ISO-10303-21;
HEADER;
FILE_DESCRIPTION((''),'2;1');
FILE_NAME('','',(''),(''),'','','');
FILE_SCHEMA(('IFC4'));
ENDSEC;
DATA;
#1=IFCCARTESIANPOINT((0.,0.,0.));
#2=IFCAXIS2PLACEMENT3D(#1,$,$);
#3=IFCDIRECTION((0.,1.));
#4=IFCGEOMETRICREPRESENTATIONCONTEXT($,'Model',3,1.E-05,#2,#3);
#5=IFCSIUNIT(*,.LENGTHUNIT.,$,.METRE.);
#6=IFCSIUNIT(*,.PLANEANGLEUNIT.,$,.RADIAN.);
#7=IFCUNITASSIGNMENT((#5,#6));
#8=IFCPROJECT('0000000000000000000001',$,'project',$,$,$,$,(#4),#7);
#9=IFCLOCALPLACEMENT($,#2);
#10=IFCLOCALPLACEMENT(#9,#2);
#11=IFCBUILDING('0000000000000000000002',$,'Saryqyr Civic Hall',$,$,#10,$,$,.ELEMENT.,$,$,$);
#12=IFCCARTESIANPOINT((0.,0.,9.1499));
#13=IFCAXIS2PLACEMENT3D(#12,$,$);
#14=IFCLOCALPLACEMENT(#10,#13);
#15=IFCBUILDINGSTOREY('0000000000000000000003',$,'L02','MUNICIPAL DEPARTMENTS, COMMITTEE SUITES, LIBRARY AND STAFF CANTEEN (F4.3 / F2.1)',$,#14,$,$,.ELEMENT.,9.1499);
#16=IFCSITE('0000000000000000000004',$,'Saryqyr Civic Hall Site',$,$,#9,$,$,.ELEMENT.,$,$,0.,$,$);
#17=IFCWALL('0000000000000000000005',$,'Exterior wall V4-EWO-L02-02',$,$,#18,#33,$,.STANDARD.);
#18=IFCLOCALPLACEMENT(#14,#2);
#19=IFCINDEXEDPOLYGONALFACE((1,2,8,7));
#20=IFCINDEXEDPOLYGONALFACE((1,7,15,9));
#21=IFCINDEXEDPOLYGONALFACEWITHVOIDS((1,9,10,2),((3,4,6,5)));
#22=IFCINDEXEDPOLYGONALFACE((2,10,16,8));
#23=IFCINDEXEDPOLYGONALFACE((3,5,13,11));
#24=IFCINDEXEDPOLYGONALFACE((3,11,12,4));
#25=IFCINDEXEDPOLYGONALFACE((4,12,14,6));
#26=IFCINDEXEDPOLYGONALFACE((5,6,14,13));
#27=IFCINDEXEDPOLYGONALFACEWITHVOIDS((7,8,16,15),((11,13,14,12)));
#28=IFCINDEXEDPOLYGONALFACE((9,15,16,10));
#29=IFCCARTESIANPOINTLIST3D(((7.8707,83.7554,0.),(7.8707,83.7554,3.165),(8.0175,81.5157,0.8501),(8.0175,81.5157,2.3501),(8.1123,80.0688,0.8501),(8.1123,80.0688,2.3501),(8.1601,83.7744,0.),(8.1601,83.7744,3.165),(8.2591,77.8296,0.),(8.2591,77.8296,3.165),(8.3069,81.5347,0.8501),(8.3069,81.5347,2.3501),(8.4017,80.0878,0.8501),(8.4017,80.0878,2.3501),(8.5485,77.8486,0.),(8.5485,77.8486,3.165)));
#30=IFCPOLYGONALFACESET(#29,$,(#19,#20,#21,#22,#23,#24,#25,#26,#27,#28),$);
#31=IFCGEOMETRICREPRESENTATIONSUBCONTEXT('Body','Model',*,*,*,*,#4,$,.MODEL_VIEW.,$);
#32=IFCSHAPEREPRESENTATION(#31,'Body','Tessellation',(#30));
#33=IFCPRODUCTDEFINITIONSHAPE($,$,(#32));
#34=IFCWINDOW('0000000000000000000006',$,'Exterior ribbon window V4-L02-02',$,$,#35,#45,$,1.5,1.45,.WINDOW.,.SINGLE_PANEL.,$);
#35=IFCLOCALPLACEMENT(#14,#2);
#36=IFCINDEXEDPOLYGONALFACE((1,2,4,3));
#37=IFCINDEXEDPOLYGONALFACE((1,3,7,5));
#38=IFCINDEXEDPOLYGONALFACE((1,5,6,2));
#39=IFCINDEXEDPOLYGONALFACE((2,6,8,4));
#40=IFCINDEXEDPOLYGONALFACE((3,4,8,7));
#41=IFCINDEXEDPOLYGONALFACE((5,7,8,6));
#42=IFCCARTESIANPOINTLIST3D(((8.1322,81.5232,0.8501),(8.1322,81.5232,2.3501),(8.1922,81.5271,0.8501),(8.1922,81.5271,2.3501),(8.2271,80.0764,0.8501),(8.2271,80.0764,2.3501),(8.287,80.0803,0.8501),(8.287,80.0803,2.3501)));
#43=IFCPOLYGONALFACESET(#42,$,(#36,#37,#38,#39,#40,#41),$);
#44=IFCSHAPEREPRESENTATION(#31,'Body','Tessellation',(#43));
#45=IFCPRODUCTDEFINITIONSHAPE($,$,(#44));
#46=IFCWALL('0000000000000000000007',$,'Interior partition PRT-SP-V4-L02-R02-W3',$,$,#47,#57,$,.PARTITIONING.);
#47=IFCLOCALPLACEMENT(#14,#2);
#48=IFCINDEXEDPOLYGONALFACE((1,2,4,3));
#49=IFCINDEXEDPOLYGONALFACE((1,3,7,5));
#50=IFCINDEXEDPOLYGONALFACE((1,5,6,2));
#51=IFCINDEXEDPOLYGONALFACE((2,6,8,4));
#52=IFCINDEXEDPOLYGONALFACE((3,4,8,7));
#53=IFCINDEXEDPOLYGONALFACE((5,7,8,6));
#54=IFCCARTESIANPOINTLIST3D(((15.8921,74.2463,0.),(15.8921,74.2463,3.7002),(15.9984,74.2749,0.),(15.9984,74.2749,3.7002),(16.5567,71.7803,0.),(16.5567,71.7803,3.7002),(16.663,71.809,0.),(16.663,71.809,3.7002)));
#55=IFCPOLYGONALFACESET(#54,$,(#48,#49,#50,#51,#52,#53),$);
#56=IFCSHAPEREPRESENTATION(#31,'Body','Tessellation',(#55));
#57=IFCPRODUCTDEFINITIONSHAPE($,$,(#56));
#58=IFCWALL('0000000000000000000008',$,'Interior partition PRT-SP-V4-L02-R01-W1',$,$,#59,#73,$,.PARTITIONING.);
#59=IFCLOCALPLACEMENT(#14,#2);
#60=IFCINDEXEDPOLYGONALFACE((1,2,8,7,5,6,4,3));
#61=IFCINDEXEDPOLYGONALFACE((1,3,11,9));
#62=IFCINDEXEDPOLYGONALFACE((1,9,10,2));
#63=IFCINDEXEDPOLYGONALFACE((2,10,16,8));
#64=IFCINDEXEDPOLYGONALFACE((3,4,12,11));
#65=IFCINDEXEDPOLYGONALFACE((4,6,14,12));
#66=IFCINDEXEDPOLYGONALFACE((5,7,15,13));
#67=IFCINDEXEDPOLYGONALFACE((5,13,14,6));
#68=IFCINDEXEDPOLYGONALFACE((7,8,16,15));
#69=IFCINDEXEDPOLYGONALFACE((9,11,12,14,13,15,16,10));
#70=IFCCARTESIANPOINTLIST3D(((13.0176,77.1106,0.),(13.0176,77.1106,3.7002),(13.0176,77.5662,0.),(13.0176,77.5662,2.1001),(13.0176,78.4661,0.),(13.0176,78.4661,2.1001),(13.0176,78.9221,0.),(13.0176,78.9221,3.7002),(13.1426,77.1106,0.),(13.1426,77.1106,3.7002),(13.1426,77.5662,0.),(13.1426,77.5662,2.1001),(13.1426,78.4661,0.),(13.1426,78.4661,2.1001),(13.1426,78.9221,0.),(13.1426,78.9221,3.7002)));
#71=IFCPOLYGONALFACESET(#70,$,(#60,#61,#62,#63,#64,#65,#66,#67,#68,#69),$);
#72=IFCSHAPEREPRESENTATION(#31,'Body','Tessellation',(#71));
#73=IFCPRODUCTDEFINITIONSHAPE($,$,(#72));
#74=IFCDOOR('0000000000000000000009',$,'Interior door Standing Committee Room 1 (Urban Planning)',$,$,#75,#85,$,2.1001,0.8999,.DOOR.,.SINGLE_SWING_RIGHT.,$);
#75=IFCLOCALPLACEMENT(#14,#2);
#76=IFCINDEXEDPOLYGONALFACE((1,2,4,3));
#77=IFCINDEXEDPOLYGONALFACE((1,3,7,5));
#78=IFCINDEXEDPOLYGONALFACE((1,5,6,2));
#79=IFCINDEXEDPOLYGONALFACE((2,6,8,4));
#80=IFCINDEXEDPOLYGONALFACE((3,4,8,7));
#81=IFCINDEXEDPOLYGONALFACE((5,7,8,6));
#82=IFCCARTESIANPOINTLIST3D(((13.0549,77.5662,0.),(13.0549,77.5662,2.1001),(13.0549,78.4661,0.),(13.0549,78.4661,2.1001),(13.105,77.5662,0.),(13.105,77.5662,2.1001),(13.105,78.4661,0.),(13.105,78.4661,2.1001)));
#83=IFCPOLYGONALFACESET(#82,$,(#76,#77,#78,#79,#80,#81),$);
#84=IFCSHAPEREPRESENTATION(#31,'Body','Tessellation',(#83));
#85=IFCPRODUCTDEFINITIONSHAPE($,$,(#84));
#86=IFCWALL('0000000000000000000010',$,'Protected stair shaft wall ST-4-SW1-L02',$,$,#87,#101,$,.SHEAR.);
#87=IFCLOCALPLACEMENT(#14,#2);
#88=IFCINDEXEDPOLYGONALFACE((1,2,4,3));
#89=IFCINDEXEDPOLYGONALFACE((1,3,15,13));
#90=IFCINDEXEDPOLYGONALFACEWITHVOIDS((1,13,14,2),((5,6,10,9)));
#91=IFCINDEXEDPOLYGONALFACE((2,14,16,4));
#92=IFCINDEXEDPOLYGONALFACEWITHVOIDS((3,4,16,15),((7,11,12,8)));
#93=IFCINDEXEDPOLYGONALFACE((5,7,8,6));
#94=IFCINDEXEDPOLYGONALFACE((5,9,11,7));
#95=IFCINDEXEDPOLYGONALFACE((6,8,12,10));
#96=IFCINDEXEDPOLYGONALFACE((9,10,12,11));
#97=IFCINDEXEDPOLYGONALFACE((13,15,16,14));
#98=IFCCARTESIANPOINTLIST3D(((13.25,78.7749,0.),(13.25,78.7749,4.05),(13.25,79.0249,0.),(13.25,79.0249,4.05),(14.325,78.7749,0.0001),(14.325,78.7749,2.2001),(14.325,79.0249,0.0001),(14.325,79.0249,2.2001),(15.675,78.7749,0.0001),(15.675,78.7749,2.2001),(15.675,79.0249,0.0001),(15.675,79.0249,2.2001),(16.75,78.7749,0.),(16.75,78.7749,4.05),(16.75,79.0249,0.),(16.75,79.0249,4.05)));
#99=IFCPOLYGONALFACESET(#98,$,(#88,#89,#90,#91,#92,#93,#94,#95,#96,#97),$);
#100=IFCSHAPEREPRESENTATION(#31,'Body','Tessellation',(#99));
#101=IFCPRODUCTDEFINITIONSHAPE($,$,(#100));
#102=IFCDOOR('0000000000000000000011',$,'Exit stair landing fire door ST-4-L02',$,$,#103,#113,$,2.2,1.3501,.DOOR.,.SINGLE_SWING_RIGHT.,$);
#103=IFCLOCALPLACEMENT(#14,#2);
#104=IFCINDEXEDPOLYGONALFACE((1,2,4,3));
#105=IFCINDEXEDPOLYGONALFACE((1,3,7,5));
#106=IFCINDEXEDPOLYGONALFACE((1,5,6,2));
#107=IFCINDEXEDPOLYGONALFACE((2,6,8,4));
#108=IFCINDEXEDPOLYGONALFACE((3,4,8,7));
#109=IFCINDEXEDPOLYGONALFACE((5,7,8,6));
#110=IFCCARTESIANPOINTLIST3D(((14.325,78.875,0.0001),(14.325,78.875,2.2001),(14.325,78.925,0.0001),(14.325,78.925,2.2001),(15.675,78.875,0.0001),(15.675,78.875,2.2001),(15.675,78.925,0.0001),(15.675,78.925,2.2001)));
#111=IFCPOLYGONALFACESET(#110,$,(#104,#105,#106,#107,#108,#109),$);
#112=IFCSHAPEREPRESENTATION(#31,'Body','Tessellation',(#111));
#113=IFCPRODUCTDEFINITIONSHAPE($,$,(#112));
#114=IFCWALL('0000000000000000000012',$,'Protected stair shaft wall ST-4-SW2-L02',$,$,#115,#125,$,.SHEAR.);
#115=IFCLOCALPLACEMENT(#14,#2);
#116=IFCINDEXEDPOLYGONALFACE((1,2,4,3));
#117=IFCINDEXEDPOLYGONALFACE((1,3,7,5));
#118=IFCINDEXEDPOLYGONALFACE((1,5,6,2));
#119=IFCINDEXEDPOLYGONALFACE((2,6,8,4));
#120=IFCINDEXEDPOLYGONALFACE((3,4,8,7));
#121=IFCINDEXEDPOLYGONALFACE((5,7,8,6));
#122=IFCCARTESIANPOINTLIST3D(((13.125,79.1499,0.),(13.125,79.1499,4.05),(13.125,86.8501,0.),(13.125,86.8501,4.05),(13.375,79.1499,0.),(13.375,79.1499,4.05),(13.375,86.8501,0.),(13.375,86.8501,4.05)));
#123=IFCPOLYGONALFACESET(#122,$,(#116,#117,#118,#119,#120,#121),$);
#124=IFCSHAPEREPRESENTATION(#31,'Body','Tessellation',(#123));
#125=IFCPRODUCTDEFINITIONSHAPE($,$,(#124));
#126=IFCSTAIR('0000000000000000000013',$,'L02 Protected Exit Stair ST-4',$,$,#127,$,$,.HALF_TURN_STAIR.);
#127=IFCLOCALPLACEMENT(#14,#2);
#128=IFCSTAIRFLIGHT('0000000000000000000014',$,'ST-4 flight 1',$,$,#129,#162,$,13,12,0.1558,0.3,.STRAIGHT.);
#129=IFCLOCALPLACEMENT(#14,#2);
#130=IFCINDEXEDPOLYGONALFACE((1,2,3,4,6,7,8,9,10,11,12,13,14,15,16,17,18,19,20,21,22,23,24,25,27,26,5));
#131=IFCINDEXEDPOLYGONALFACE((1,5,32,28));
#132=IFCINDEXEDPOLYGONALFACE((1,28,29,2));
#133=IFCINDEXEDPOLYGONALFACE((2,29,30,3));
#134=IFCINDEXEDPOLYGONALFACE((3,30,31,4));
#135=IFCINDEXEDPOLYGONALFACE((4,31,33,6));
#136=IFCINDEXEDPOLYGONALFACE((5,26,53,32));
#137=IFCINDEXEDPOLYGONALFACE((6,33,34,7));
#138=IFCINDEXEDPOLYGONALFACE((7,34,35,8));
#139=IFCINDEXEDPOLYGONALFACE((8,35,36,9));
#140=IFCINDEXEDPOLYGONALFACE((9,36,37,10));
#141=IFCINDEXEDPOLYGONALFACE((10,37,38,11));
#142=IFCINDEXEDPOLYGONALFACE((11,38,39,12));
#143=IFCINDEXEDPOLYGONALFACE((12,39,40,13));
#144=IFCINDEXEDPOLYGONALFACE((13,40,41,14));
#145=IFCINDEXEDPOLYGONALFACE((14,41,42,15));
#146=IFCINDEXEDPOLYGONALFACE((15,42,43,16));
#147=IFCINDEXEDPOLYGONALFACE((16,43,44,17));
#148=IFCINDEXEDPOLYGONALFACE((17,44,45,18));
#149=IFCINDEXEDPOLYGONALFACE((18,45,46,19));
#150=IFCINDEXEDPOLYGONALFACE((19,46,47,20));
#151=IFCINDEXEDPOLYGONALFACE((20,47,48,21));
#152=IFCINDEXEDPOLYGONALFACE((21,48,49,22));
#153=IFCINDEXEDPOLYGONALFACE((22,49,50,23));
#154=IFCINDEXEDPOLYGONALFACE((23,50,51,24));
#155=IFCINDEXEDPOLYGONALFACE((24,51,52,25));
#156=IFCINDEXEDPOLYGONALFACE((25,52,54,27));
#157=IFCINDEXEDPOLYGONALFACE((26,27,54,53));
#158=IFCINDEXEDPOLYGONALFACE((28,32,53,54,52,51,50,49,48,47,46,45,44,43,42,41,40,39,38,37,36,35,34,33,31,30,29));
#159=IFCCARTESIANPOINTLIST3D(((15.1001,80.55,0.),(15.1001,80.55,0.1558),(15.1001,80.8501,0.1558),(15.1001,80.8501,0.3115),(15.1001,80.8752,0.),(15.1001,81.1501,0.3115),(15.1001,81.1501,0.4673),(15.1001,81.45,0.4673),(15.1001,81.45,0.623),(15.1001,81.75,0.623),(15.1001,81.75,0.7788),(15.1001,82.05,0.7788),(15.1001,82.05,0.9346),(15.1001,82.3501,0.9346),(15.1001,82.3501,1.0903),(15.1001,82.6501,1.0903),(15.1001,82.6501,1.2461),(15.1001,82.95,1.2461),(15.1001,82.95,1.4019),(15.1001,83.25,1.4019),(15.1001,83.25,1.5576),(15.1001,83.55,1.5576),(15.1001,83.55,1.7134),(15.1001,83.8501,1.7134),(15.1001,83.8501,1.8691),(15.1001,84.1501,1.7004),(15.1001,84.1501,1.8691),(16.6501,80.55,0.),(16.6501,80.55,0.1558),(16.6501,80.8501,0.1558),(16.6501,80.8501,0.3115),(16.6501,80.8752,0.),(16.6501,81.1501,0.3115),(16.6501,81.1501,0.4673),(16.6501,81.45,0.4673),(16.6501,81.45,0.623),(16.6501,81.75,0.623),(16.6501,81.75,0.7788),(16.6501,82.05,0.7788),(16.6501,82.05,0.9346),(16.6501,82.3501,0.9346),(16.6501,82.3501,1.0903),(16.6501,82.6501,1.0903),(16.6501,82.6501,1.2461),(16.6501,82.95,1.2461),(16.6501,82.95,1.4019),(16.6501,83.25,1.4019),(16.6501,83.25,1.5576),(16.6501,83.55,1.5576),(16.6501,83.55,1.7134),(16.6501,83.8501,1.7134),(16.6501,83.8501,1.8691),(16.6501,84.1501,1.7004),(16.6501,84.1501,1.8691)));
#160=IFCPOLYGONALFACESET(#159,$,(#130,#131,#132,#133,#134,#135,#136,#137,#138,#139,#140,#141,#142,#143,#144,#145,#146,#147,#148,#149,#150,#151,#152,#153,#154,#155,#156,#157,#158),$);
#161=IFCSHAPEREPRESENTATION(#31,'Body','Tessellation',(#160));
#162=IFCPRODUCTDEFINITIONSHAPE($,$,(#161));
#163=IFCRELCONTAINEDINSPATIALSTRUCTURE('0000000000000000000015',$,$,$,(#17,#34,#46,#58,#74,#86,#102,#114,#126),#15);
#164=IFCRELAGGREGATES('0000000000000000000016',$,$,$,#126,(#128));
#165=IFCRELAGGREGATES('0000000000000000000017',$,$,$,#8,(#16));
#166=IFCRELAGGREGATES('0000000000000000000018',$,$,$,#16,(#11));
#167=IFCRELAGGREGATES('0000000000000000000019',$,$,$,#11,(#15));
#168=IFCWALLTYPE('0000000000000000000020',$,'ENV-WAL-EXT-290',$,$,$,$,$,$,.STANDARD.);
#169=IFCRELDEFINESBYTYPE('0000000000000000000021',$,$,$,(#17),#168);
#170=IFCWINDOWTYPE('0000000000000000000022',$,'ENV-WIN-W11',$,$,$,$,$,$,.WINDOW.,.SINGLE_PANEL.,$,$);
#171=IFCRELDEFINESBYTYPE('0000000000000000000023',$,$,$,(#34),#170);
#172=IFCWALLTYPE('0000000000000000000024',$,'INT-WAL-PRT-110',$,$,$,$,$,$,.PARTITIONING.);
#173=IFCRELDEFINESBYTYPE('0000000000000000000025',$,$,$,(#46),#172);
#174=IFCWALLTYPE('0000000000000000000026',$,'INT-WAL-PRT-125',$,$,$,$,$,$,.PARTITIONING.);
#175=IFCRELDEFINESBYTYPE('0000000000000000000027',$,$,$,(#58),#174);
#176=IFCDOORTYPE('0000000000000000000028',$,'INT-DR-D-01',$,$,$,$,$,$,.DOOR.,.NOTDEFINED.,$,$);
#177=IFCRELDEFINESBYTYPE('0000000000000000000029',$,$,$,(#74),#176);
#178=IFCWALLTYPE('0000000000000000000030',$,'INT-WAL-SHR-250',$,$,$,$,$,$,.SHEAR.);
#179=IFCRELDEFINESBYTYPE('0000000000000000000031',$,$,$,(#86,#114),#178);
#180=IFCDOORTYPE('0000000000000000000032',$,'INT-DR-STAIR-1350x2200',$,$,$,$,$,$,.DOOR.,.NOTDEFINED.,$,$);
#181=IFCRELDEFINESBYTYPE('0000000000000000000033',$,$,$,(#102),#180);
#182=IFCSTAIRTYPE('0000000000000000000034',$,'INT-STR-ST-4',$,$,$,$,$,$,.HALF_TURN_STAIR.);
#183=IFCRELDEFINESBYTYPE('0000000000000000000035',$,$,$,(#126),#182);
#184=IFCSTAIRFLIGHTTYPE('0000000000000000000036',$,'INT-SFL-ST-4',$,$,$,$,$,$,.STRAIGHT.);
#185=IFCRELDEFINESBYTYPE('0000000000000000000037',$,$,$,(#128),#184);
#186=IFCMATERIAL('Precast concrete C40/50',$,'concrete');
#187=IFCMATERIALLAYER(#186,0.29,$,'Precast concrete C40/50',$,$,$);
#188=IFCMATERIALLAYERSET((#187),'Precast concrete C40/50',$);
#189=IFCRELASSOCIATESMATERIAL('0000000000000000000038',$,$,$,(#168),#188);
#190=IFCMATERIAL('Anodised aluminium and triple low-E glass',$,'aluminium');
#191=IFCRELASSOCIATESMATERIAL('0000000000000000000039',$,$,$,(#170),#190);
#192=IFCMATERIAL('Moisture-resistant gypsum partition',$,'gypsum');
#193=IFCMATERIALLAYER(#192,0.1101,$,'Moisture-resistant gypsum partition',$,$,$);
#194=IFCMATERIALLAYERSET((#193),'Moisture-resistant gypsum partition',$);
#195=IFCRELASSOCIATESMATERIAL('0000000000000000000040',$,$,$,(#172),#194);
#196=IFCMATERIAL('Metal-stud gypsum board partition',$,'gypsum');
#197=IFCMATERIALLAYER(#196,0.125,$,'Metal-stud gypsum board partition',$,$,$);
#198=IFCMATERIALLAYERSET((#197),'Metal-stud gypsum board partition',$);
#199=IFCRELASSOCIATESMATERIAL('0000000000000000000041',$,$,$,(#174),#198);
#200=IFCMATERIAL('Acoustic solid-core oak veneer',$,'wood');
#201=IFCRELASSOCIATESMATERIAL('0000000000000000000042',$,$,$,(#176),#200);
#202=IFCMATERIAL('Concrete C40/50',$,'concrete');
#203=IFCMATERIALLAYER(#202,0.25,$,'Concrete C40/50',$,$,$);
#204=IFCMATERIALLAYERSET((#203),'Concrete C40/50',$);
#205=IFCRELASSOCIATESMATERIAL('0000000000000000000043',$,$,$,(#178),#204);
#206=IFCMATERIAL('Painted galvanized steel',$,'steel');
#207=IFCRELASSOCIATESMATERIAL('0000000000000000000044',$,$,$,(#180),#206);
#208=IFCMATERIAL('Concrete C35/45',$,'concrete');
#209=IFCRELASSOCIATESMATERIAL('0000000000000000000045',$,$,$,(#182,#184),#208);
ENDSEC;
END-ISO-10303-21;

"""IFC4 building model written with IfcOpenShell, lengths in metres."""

from ifc_helpers import new_model, si_unit, direction, frame, frame_2d, origin, place, context, subcontext, project, spatial, polyline, rectangle, outline, extrude, material, layer, layer_set, type_object, element, fill, aggregate, save


model = new_model("IFC4")

# Units and contexts
model_context = context("Model", 3, precision=1e-05, world=origin(), true_north=direction((0.0, 1.0)))
body_context = subcontext(model_context, "Body", "Model", "MODEL_VIEW")
ifc_project = project(units=[si_unit("LENGTHUNIT", "METRE"), si_unit("PLANEANGLEUNIT", "RADIAN")], contexts=[model_context])

# Site, building, storey
site_placement = place(None, origin())
site = spatial("IfcSite", under=ifc_project, at=site_placement, Name="Saryqyr Civic Hall Site", CompositionType="ELEMENT", RefElevation=0.0)
building_placement = place(site_placement, origin())
building = spatial("IfcBuilding", under=site, at=building_placement, Name="Saryqyr Civic Hall", CompositionType="ELEMENT")
storey_placement = place(building_placement, frame((0.0, 0.0, 9.1499)))
storey = spatial("IfcBuildingStorey", under=building, at=storey_placement, Name="L02", Description="MUNICIPAL DEPARTMENTS, COMMITTEE SUITES, LIBRARY AND STAFF CANTEEN (F4.3 / F2.1)", CompositionType="ELEMENT", Elevation=9.1499)

# Shared definitions
ifc_material_1 = material(Name="Concrete C40/50", Category="concrete")

# Shared definitions
ifc_material_2 = material(Name="Anodised aluminium and triple low-E glass", Category="aluminium")

# Shared definitions
ifc_material_3 = material(Name="Precast concrete C40/50", Category="concrete")

# Shared definitions
ifc_material_4 = material(Name="Concrete C35/45", Category="concrete")

# Wall, opening, window
ifc_layer_1 = layer(ifc_material_3, 0.29, Name="Precast concrete C40/50")
ifc_layer_set_1 = layer_set([ifc_layer_1], Name="Precast concrete C40/50")
wall_type_1 = type_object("IfcWallType", Name="ENV-WAL-EXT-290", PredefinedType="STANDARD", material=ifc_layer_set_1)
wall_1_placement = place(storey_placement, frame((8.4038, 77.8391, 0.0), z_axis=(0.0, 0.0, 1.0), x_axis=(-0.065408, 0.997859, 0.0)))
wall_1 = element("IfcWall", 1, at=wall_1_placement, inside=storey, type_object=wall_type_1, Name="Exterior wall V4-EWO-L02-02", PredefinedType="STANDARD", context=body_context, shape_type="SweptSolid", body=[
    extrude(rectangle(XDim=5.9385, YDim=0.29, at=frame_2d((2.9692, 0.0))), origin(), (0.0, 0.0, 1.0), 3.165),
])
opening_1_placement = place(wall_1_placement, frame((2.2439, 0.0, 0.8501)))
opening_1 = element("IfcOpeningElement", 2, at=opening_1_placement, cuts=wall_1, PredefinedType="OPENING", context=body_context, shape_type="SweptSolid", body=[
    extrude(rectangle(XDim=1.45, YDim=1.5, at=frame_2d((0.7251, 0.75))), frame((0.0, 0.155, 0.0), z_axis=(0.0, -1.0, 0.0), x_axis=(1.0, 0.0, 0.0)), (0.0, 0.0, 1.0), 0.3101),
])
window_type = type_object("IfcWindowType", Name="ENV-WIN-W11", PartitioningType="SINGLE_PANEL", PredefinedType="WINDOW", material=ifc_material_2)
window_placement = place(opening_1_placement, origin())
window = element("IfcWindow", 3, at=window_placement, inside=storey, type_object=window_type, Name="Exterior ribbon window V4-L02-02", OverallHeight=1.5, OverallWidth=1.45, PartitioningType="SINGLE_PANEL", PredefinedType="WINDOW", context=body_context, shape_type="SweptSolid", body=[
    extrude(rectangle(XDim=1.45, YDim=1.5, at=frame_2d((0.7251, 0.75))), frame((0.0, 0.03, 0.0), z_axis=(0.0, -1.0, 0.0), x_axis=(1.0, 0.0, 0.0)), (0.0, 0.0, 1.0), 0.0601),
])
fill(opening_1, window)

# Wall
ifc_material_5 = material(Name="Moisture-resistant gypsum partition", Category="gypsum")
ifc_layer_2 = layer(ifc_material_5, 0.1101, Name="Moisture-resistant gypsum partition")
ifc_layer_set_2 = layer_set([ifc_layer_2], Name="Moisture-resistant gypsum partition")
wall_type_2 = type_object("IfcWallType", Name="INT-WAL-PRT-110", PredefinedType="PARTITIONING", material=ifc_layer_set_2)
wall_2_placement = place(storey_placement, frame((15.9453, 74.2605, 0.0), z_axis=(0.0, 0.0, 1.0), x_axis=(0.260196, -0.965556, 0.0)))
element("IfcWall", 4, at=wall_2_placement, inside=storey, type_object=wall_type_2, Name="Interior partition PRT-SP-V4-L02-R02-W3", PredefinedType="PARTITIONING", context=body_context, shape_type="SweptSolid", body=[
    extrude(rectangle(XDim=2.554, YDim=0.1101, at=frame_2d((1.2769, 0.0))), origin(), (0.0, 0.0, 1.0), 3.7002),
])

# Walls, openings, doors
ifc_material_6 = material(Name="Metal-stud gypsum board partition", Category="gypsum")
ifc_layer_3 = layer(ifc_material_6, 0.125, Name="Metal-stud gypsum board partition")
ifc_layer_set_3 = layer_set([ifc_layer_3], Name="Metal-stud gypsum board partition")
wall_type_3 = type_object("IfcWallType", Name="INT-WAL-PRT-125", PredefinedType="PARTITIONING", material=ifc_layer_set_3)
wall_3_placement = place(storey_placement, frame((13.0801, 78.9221, 0.0), z_axis=(0.0, 0.0, 1.0), x_axis=(0.0, -1.0, 0.0)))
wall_3 = element("IfcWall", 5, at=wall_3_placement, inside=storey, type_object=wall_type_3, Name="Interior partition PRT-SP-V4-L02-R01-W1", PredefinedType="PARTITIONING", context=body_context, shape_type="SweptSolid", body=[
    extrude(rectangle(XDim=1.8115, YDim=0.125, at=frame_2d((0.9058, 0.0))), origin(), (0.0, 0.0, 1.0), 3.7002),
])
opening_2_placement = place(wall_3_placement, frame((0.4561, 0.0, 0.0)))
opening_2 = element("IfcOpeningElement", 6, at=opening_2_placement, cuts=wall_3, PredefinedType="OPENING", context=body_context, shape_type="SweptSolid", body=[
    extrude(rectangle(XDim=0.8999, YDim=2.1001, at=frame_2d((0.45, 1.05))), frame((0.0, 0.0725, 0.0), z_axis=(0.0, -1.0, 0.0), x_axis=(1.0, 0.0, 0.0)), (0.0, 0.0, 1.0), 0.145),
])
ifc_material_7 = material(Name="Acoustic solid-core oak veneer", Category="wood")
door_type_1 = type_object("IfcDoorType", Name="INT-DR-D-01", OperationType="NOTDEFINED", PredefinedType="DOOR", material=ifc_material_7)
door_1_placement = place(opening_2_placement, origin())
door_1 = element("IfcDoor", 7, at=door_1_placement, inside=storey, type_object=door_type_1, Name="Interior door Standing Committee Room 1 (Urban Planning)", OperationType="SINGLE_SWING_RIGHT", OverallHeight=2.1001, OverallWidth=0.8999, PredefinedType="DOOR", context=body_context, shape_type="SweptSolid", body=[
    extrude(rectangle(XDim=0.8999, YDim=2.1001, at=frame_2d((0.45, 1.05))), frame((0.0, 0.0249, 0.0), z_axis=(0.0, -1.0, 0.0), x_axis=(1.0, 0.0, 0.0)), (0.0, 0.0, 1.0), 0.05),
])
fill(opening_2, door_1)
ifc_layer_4 = layer(ifc_material_1, 0.25, Name="Concrete C40/50")
ifc_layer_set_4 = layer_set([ifc_layer_4], Name="Concrete C40/50")
wall_type_4 = type_object("IfcWallType", Name="INT-WAL-SHR-250", PredefinedType="SHEAR", material=ifc_layer_set_4)
wall_4_placement = place(storey_placement, frame((16.75, 78.8999, 0.0), z_axis=(0.0, 0.0, 1.0), x_axis=(-1.0, 0.0, 0.0)))
wall_4 = element("IfcWall", 8, at=wall_4_placement, inside=storey, type_object=wall_type_4, Name="Protected stair shaft wall ST-4-SW1-L02", PredefinedType="SHEAR", context=body_context, shape_type="SweptSolid", body=[
    extrude(rectangle(XDim=3.5, YDim=0.25, at=frame_2d((1.75, 0.0))), origin(), (0.0, 0.0, 1.0), 4.05),
])
opening_3_placement = place(wall_4_placement, frame((1.075, 0.0, 0.0)))
opening_3 = element("IfcOpeningElement", 9, at=opening_3_placement, cuts=wall_4, PredefinedType="OPENING", context=body_context, shape_type="SweptSolid", body=[
    extrude(rectangle(XDim=1.3501, YDim=2.2, at=frame_2d((0.675, 1.1001))), frame((0.0, 0.135, 0.0), z_axis=(0.0, -1.0, 0.0), x_axis=(1.0, 0.0, 0.0)), (0.0, 0.0, 1.0), 0.27),
])
ifc_material_8 = material(Name="Painted galvanized steel", Category="steel")
door_type_2 = type_object("IfcDoorType", Name="INT-DR-STAIR-1350x2200", OperationType="NOTDEFINED", PredefinedType="DOOR", material=ifc_material_8)
door_2_placement = place(opening_3_placement, origin())
door_2 = element("IfcDoor", 10, at=door_2_placement, inside=storey, type_object=door_type_2, Name="Exit stair landing fire door ST-4-L02", OperationType="SINGLE_SWING_RIGHT", OverallHeight=2.2, OverallWidth=1.3501, PredefinedType="DOOR", context=body_context, shape_type="SweptSolid", body=[
    extrude(rectangle(XDim=1.3501, YDim=2.2, at=frame_2d((0.675, 1.1001))), frame((0.0, 0.0249, 0.0), z_axis=(0.0, -1.0, 0.0), x_axis=(1.0, 0.0, 0.0)), (0.0, 0.0, 1.0), 0.05),
])
fill(opening_3, door_2)

# Wall
wall_5_placement = place(storey_placement, frame((13.25, 79.1499, 0.0), z_axis=(0.0, 0.0, 1.0), x_axis=(0.0, 1.0, 0.0)))
element("IfcWall", 11, at=wall_5_placement, inside=storey, type_object=wall_type_4, Name="Protected stair shaft wall ST-4-SW2-L02", PredefinedType="SHEAR", context=body_context, shape_type="SweptSolid", body=[
    extrude(rectangle(XDim=7.7002, YDim=0.25, at=frame_2d((3.8501, 0.0))), origin(), (0.0, 0.0, 1.0), 4.05),
])

# Stair, stair flight
stair_type = type_object("IfcStairType", Name="INT-STR-ST-4", PredefinedType="HALF_TURN_STAIR", material=ifc_material_4)
stair_placement = place(storey_placement, origin())
stair = element("IfcStair", 12, at=stair_placement, inside=storey, type_object=stair_type, Name="L02 Protected Exit Stair ST-4", PredefinedType="HALF_TURN_STAIR")
stair_flight_type = type_object("IfcStairFlightType", Name="INT-SFL-ST-4", PredefinedType="STRAIGHT", material=ifc_material_4)
stair_flight_1_placement = place(storey_placement, frame((15.875, 80.55, 0.0), z_axis=(0.0, 0.0, 1.0), x_axis=(0.0, 1.0, 0.0)))
stair_flight_1 = element("IfcStairFlight", 13, at=stair_flight_1_placement, type_object=stair_flight_type, Name="ST-4 flight 1", NumberOfRisers=13, NumberOfTreads=12, PredefinedType="STRAIGHT", RiserHeight=0.1558, TreadLength=0.3, context=body_context, shape_type="SweptSolid", body=[
    extrude(outline(polyline([(0.0, 0.0), (0.0, 0.1558), (0.3, 0.1558), (0.3, 0.3115), (0.6001, 0.3115), (0.6001, 0.4673), (0.8999, 0.4673), (0.8999, 0.623), (1.2, 0.623), (1.2, 0.7788), (1.5, 0.7788), (1.5, 0.9346), (1.8, 0.9346), (1.8, 1.0903), (2.1001, 1.0903), (2.1001, 1.2461), (2.3999, 1.2461), (2.3999, 1.4019), (2.7, 1.4019), (2.7, 1.5576), (3.0, 1.5576), (3.0, 1.7134), (3.3, 1.7134), (3.3, 1.8691), (3.6001, 1.8691), (3.6001, 2.0249), (3.6001, 1.7004), (0.3252, 0.0), (0.0, 0.0)])), frame((0.0, 0.7749, 0.0), z_axis=(0.0, -1.0, 0.0), x_axis=(1.0, 0.0, 0.0)), (0.0, 0.0, 1.0), 1.55),
])
aggregate(stair, [stair_flight_1])

save(model, "model.ifc")
